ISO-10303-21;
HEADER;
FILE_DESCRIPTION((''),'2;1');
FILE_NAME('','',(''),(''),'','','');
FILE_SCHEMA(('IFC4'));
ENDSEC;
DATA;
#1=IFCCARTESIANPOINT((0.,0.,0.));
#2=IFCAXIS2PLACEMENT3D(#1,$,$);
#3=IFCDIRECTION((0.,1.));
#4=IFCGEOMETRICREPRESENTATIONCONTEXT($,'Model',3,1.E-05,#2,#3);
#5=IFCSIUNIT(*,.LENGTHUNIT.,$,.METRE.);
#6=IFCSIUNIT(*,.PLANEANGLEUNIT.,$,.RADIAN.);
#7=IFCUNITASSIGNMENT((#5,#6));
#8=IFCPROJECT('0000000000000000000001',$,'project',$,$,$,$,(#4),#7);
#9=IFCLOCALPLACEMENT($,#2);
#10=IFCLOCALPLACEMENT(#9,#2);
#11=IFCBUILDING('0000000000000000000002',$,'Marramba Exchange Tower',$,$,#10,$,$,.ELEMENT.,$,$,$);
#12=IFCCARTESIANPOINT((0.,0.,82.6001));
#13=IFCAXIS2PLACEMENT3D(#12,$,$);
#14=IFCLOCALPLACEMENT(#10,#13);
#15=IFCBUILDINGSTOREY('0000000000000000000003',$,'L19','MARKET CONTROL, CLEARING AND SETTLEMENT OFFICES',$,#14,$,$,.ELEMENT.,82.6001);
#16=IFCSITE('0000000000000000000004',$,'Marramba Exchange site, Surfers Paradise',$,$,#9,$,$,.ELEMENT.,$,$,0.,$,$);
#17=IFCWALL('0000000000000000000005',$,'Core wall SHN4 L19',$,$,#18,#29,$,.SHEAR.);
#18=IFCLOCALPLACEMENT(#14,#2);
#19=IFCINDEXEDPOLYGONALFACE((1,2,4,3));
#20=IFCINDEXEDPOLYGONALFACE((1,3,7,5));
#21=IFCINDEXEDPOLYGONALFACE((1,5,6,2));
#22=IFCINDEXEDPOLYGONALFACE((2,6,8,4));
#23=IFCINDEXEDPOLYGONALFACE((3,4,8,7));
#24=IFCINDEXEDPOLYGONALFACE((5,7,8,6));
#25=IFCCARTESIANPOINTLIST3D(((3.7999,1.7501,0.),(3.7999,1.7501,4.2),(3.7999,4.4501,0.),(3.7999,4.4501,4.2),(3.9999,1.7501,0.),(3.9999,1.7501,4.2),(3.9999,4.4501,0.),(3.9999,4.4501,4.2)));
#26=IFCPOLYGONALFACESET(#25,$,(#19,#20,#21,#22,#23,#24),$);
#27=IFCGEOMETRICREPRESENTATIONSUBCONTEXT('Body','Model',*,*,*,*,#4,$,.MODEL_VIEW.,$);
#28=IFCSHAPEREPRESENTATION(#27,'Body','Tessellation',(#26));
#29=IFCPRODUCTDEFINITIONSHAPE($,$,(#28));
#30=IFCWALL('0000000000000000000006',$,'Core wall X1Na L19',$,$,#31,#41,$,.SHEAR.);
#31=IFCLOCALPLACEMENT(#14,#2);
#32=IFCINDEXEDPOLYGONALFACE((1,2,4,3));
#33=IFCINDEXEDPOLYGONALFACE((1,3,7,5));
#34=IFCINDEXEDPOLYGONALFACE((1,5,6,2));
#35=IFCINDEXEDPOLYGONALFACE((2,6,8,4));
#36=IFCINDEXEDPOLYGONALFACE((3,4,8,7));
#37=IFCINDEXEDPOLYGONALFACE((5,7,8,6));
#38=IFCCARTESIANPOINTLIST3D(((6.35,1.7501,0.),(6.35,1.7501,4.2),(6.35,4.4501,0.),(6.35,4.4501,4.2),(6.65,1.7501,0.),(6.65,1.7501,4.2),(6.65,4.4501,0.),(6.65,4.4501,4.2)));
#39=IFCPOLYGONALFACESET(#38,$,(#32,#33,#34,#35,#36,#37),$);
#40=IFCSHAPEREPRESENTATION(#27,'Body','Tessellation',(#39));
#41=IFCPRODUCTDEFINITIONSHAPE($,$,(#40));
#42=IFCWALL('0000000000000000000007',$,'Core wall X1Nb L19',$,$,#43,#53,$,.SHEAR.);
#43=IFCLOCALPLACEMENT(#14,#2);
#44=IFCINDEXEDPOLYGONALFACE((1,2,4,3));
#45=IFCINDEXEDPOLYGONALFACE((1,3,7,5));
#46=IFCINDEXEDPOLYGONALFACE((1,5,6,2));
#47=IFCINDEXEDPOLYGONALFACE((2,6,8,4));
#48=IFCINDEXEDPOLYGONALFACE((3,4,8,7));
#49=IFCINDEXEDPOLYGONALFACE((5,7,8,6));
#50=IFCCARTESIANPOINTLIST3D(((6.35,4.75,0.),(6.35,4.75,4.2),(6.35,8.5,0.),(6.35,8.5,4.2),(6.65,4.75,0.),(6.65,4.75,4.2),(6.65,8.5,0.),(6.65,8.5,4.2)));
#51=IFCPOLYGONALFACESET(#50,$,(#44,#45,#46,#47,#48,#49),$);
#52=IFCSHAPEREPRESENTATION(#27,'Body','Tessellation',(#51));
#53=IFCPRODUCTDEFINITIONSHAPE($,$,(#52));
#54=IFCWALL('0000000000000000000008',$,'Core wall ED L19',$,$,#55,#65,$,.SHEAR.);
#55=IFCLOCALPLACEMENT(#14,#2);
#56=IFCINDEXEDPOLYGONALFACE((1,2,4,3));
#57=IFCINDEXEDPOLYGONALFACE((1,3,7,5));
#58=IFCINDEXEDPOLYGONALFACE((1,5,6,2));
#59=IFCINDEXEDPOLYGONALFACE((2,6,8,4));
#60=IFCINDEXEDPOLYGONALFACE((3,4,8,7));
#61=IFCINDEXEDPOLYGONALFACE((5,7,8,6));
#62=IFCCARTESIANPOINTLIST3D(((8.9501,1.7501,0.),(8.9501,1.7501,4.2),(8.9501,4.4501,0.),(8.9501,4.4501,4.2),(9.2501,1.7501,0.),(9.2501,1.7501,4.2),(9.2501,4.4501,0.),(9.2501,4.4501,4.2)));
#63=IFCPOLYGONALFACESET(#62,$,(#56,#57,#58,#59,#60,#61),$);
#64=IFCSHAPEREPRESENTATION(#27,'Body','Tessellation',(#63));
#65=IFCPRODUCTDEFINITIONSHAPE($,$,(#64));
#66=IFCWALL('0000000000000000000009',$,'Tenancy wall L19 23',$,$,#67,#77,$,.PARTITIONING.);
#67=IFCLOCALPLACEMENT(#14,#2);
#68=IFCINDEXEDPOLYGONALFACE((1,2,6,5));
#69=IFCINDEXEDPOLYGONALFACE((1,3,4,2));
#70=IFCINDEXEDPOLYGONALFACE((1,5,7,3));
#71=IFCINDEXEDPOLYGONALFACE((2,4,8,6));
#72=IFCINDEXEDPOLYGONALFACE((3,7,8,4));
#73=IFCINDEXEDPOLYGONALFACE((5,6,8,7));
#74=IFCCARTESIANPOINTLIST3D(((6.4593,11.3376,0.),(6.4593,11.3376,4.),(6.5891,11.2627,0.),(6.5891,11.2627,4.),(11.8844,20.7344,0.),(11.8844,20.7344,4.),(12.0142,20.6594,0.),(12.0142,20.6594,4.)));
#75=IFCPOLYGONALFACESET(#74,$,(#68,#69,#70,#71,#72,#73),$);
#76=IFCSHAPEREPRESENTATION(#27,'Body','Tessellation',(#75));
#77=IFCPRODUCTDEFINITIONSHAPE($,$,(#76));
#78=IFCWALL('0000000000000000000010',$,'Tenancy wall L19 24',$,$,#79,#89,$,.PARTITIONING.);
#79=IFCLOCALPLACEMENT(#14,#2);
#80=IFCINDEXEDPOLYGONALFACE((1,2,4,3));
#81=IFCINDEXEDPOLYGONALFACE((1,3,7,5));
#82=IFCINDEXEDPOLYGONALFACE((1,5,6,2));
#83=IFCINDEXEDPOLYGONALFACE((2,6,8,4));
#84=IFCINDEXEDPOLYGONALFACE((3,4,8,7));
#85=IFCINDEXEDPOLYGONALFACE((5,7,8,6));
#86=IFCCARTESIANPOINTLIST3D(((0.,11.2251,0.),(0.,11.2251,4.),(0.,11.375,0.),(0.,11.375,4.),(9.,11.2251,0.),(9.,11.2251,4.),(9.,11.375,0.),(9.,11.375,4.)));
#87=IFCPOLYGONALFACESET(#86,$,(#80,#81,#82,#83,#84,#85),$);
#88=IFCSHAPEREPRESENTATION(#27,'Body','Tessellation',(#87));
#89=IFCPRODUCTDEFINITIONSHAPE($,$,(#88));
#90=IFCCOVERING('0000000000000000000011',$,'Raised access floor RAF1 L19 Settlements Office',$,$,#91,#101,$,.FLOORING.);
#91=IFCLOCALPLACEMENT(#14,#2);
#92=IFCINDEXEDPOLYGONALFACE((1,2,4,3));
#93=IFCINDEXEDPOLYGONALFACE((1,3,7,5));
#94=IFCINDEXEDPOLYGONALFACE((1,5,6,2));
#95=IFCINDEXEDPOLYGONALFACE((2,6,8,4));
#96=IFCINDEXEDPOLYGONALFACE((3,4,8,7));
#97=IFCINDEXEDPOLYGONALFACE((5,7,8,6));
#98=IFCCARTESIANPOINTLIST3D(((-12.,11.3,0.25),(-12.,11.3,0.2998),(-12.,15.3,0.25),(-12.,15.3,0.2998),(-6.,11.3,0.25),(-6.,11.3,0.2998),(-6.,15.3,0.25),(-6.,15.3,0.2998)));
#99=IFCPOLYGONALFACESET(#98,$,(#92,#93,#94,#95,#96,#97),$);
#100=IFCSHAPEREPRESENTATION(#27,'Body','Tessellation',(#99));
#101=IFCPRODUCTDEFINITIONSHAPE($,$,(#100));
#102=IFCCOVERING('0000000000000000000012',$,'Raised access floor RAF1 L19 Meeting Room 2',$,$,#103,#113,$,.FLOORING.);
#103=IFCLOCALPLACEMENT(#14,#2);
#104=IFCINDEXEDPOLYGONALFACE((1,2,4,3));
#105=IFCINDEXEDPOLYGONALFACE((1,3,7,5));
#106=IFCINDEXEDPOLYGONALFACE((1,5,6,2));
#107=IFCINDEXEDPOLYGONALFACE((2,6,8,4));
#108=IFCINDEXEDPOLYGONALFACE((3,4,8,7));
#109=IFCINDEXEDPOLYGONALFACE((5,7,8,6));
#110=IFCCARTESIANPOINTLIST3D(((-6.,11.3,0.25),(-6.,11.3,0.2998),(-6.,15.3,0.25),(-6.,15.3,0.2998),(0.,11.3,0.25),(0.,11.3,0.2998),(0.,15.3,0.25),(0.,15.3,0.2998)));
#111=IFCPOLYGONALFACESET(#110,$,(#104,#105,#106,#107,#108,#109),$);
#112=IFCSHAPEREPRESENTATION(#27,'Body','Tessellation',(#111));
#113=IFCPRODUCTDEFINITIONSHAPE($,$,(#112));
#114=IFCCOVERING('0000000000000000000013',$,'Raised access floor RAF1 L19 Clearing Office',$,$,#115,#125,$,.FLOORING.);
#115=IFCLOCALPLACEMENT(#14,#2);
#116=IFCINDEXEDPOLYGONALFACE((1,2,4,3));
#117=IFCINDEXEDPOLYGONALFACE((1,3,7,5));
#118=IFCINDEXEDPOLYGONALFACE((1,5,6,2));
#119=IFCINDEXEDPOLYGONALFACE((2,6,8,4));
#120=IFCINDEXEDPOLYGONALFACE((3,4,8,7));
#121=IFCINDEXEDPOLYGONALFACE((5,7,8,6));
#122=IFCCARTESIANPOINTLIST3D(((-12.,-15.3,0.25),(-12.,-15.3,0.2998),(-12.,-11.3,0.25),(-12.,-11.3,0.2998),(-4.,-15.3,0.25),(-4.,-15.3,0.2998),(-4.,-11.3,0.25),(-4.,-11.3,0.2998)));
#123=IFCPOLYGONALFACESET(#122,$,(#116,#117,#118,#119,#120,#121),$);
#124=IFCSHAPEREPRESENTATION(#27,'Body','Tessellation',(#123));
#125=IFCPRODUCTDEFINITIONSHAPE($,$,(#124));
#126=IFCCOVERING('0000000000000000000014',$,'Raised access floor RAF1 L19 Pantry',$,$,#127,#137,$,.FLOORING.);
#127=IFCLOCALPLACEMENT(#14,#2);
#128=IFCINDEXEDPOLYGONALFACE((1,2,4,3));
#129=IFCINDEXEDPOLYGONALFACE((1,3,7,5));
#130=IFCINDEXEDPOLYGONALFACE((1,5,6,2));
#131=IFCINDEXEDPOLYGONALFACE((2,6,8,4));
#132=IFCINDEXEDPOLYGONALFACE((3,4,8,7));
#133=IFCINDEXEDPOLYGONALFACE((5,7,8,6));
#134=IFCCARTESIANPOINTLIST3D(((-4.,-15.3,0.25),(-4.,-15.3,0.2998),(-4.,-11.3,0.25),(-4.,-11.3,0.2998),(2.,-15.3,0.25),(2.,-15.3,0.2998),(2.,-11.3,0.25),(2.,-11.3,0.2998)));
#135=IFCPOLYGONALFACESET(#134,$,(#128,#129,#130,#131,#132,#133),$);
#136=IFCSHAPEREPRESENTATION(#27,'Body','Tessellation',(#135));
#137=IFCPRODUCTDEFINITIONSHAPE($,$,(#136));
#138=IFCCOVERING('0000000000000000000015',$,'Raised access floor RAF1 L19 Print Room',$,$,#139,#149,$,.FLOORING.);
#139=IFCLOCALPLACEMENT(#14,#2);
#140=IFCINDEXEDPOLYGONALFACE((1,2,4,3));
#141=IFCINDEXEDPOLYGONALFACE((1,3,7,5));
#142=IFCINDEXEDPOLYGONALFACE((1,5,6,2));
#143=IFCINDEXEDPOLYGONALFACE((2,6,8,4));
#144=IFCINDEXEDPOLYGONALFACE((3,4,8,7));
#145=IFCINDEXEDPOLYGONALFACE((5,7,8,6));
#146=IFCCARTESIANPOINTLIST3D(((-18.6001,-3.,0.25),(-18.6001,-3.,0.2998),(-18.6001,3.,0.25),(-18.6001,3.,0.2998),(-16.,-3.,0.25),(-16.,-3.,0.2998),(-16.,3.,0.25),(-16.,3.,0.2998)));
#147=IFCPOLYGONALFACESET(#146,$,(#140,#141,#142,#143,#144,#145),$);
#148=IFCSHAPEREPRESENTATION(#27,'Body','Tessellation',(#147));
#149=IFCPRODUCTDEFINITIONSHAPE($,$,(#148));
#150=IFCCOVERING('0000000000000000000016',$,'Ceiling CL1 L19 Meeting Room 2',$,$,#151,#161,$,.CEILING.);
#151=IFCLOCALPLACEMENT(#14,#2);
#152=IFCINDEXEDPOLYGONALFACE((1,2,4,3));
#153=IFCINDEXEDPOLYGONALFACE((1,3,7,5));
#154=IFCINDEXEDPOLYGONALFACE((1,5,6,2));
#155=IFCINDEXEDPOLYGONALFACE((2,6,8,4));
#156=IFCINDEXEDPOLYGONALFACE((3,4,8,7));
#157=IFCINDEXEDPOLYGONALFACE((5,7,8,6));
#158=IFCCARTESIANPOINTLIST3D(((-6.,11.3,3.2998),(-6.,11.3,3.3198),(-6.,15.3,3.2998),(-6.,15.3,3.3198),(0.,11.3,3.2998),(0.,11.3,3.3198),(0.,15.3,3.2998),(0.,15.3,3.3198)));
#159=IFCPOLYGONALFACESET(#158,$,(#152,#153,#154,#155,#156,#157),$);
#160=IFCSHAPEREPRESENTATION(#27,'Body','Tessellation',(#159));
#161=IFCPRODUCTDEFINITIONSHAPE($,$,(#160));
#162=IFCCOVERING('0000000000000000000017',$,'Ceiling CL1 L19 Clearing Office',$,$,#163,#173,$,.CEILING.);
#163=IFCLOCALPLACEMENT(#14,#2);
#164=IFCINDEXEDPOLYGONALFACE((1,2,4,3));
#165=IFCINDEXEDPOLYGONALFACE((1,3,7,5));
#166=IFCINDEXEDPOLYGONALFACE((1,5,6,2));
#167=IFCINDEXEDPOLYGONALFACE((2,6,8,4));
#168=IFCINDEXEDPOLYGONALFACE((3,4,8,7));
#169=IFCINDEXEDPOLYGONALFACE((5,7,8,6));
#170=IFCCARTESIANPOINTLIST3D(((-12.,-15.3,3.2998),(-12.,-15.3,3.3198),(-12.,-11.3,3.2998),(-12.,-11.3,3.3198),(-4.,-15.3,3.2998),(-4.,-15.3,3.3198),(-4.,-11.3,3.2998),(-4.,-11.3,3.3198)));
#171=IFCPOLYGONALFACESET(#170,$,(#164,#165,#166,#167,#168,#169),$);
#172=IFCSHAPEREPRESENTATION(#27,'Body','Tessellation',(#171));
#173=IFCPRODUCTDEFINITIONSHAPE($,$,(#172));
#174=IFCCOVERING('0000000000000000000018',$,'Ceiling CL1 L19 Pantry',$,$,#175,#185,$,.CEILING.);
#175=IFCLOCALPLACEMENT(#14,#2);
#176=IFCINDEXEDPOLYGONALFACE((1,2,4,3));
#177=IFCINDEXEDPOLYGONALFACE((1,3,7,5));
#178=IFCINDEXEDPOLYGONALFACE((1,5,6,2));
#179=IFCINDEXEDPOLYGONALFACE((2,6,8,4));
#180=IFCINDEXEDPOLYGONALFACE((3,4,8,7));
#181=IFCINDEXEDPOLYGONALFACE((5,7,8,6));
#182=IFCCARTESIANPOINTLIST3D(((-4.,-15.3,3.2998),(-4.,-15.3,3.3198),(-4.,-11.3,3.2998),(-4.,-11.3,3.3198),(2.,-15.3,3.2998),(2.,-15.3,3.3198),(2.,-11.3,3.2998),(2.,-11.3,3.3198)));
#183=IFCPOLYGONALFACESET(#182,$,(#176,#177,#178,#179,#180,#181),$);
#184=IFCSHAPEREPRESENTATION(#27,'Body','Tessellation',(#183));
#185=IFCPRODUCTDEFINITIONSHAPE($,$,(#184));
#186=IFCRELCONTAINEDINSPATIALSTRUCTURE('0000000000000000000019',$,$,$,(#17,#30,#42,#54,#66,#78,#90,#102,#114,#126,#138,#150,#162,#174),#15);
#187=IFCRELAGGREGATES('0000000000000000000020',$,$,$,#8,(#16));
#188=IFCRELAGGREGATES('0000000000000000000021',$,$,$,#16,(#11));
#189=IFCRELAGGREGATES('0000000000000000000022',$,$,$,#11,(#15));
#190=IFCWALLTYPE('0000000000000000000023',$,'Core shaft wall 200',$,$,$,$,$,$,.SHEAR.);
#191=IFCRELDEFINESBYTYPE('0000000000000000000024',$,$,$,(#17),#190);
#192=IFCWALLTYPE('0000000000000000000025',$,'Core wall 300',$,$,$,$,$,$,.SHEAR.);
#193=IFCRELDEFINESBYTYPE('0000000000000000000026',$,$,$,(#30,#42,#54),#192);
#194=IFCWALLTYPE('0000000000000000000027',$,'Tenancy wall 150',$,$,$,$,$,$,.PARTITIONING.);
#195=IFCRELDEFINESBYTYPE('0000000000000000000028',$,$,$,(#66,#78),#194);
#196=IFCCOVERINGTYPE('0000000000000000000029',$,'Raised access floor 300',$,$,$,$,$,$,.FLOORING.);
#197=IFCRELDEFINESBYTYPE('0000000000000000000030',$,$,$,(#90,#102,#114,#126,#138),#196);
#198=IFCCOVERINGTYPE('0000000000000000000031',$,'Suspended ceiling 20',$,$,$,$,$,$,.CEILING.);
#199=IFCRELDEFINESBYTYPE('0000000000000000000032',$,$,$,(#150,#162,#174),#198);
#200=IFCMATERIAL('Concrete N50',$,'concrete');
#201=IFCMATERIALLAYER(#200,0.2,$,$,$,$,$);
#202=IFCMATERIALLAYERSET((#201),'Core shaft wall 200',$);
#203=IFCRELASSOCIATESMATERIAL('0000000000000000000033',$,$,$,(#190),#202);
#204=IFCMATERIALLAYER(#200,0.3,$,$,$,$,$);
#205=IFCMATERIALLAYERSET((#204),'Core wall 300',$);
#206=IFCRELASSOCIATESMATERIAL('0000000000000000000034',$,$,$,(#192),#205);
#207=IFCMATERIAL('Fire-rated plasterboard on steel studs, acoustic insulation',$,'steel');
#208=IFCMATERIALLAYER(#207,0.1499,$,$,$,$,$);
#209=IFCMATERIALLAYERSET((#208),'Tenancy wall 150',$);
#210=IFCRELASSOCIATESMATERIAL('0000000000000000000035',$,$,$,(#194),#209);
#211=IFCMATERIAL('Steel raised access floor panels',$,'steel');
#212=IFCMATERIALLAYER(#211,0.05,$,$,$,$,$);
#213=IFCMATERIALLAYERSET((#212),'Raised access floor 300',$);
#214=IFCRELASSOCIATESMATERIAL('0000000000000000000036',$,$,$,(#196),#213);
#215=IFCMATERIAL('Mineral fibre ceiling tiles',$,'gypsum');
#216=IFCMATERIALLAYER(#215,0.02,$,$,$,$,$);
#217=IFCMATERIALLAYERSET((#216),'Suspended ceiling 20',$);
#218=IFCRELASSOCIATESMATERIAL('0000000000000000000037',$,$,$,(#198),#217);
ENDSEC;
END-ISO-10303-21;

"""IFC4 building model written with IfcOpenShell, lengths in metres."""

from ifc_helpers import new_model, si_unit, direction, frame, frame_2d, origin, place, context, subcontext, project, spatial, polyline, rectangle, outline, extrude, material, layer, layer_set, type_object, element, save


model = new_model("IFC4")

# Units and contexts
model_context = context("Model", 3, precision=1e-05, world=origin(), true_north=direction((0.0, 1.0)))
body_context = subcontext(model_context, "Body", "Model", "MODEL_VIEW")
ifc_project = project(units=[si_unit("LENGTHUNIT", "METRE"), si_unit("PLANEANGLEUNIT", "RADIAN")], contexts=[model_context])

# Site, building, storey
site_placement = place(None, origin())
site = spatial("IfcSite", under=ifc_project, at=site_placement, Name="Marramba Exchange site, Surfers Paradise", CompositionType="ELEMENT", RefElevation=0.0)
building_placement = place(site_placement, origin())
building = spatial("IfcBuilding", under=site, at=building_placement, Name="Marramba Exchange Tower", CompositionType="ELEMENT")
storey_placement = place(building_placement, frame((0.0, 0.0, 82.6001)))
storey = spatial("IfcBuildingStorey", under=building, at=storey_placement, Name="L19", Description="MARKET CONTROL, CLEARING AND SETTLEMENT OFFICES", CompositionType="ELEMENT", Elevation=82.6001)

# Wall
ifc_material_1 = material(Name="Concrete N50", Category="concrete")
ifc_layer_1 = layer(ifc_material_1, 0.2)
ifc_layer_set_1 = layer_set([ifc_layer_1], Name="Core shaft wall 200")
wall_type_1 = type_object("IfcWallType", Name="Core shaft wall 200", PredefinedType="SHEAR", material=ifc_layer_set_1)
for number, where, z_axis, x_axis, name in (
    (1, (3.8999, 1.75, 0.0), (0.0, 0.0, 1.0), (0.0, 1.0, 0.0), "Core wall SHN4 L19"),
):
    element("IfcWall", number, at=place(storey_placement, frame(where, z_axis=z_axis, x_axis=x_axis)), inside=storey, type_object=wall_type_1, Name=name, PredefinedType="SHEAR", context=body_context, shape_type="SweptSolid", body=[
        extrude(rectangle(XDim=2.7, YDim=0.2, at=frame_2d((1.3501, 0.0))), origin(), (0.0, 0.0, 1.0), 4.2),
    ])

# Walls
ifc_layer_2 = layer(ifc_material_1, 0.3)
ifc_layer_set_2 = layer_set([ifc_layer_2], Name="Core wall 300")
wall_type_2 = type_object("IfcWallType", Name="Core wall 300", PredefinedType="SHEAR", material=ifc_layer_set_2)
wall_1_placement = place(storey_placement, frame((6.5, 1.75, 0.0), z_axis=(0.0, 0.0, 1.0), x_axis=(0.0, 1.0, 0.0)))
element("IfcWall", 2, at=wall_1_placement, inside=storey, type_object=wall_type_2, Name="Core wall X1Na L19", PredefinedType="SHEAR", context=body_context, shape_type="SweptSolid", body=[
    extrude(rectangle(XDim=2.7, YDim=0.3, at=frame_2d((1.3501, 0.0))), origin(), (0.0, 0.0, 1.0), 4.2),
])
wall_2_placement = place(storey_placement, frame((6.5, 4.75, 0.0), z_axis=(0.0, 0.0, 1.0), x_axis=(0.0, 1.0, 0.0)))
element("IfcWall", 3, at=wall_2_placement, inside=storey, type_object=wall_type_2, Name="Core wall X1Nb L19", PredefinedType="SHEAR", context=body_context, shape_type="SweptSolid", body=[
    extrude(rectangle(XDim=3.75, YDim=0.3, at=frame_2d((1.875, 0.0))), origin(), (0.0, 0.0, 1.0), 4.2),
])
wall_3_placement = place(storey_placement, frame((9.1001, 1.75, 0.0), z_axis=(0.0, 0.0, 1.0), x_axis=(0.0, 1.0, 0.0)))
element("IfcWall", 4, at=wall_3_placement, inside=storey, type_object=wall_type_2, Name="Core wall ED L19", PredefinedType="SHEAR", context=body_context, shape_type="SweptSolid", body=[
    extrude(rectangle(XDim=2.7, YDim=0.3, at=frame_2d((1.3501, 0.0))), origin(), (0.0, 0.0, 1.0), 4.2),
])
ifc_material_2 = material(Name="Fire-rated plasterboard on steel studs, acoustic insulation", Category="steel")
ifc_layer_3 = layer(ifc_material_2, 0.1499)
ifc_layer_set_3 = layer_set([ifc_layer_3], Name="Tenancy wall 150")
wall_type_3 = type_object("IfcWallType", Name="Tenancy wall 150", PredefinedType="PARTITIONING", material=ifc_layer_set_3)
wall_4_placement = place(storey_placement, frame((6.5242, 11.3, 0.0), z_axis=(0.0, 0.0, 1.0), x_axis=(0.499989, 0.866032, 0.0)))
element("IfcWall", 5, at=wall_4_placement, inside=storey, type_object=wall_type_3, Name="Tenancy wall L19 23", PredefinedType="PARTITIONING", context=body_context, shape_type="SweptSolid", body=[
    extrude(rectangle(XDim=10.8503, YDim=0.1499, at=frame_2d((5.4253, 0.0))), origin(), (0.0, 0.0, 1.0), 4.0),
])
wall_5_placement = place(storey_placement, frame((9.0, 11.3, 0.0), z_axis=(0.0, 0.0, 1.0), x_axis=(-1.0, 0.0, 0.0)))
element("IfcWall", 6, at=wall_5_placement, inside=storey, type_object=wall_type_3, Name="Tenancy wall L19 24", PredefinedType="PARTITIONING", context=body_context, shape_type="SweptSolid", body=[
    extrude(rectangle(XDim=9.0, YDim=0.1499, at=frame_2d((4.5, 0.0))), origin(), (0.0, 0.0, 1.0), 4.0),
])

# Coverings
ifc_material_3 = material(Name="Steel raised access floor panels", Category="steel")
ifc_layer_4 = layer(ifc_material_3, 0.05)
ifc_layer_set_4 = layer_set([ifc_layer_4], Name="Raised access floor 300")
covering_type_1 = type_object("IfcCoveringType", Name="Raised access floor 300", PredefinedType="FLOORING", material=ifc_layer_set_4)
covering_1_placement = place(storey_placement, frame((0.0, 0.0, 0.25)))
element("IfcCovering", 7, at=covering_1_placement, inside=storey, type_object=covering_type_1, Name="Raised access floor RAF1 L19 Settlements Office", PredefinedType="FLOORING", context=body_context, shape_type="SweptSolid", body=[
    extrude(outline(polyline([(-6.0, 11.3), (-12.0, 11.3), (-12.0, 15.3), (-6.0, 15.3), (-6.0, 11.3)])), origin(), (0.0, 0.0, 1.0), 0.0498),
])
covering_2_placement = place(storey_placement, frame((0.0, 0.0, 0.25)))
element("IfcCovering", 8, at=covering_2_placement, inside=storey, type_object=covering_type_1, Name="Raised access floor RAF1 L19 Meeting Room 2", PredefinedType="FLOORING", context=body_context, shape_type="SweptSolid", body=[
    extrude(outline(polyline([(0.0, 11.3), (-6.0, 11.3), (-6.0, 15.3), (0.0, 15.3), (0.0, 11.3)])), origin(), (0.0, 0.0, 1.0), 0.0498),
])
covering_3_placement = place(storey_placement, frame((0.0, 0.0, 0.25)))
element("IfcCovering", 9, at=covering_3_placement, inside=storey, type_object=covering_type_1, Name="Raised access floor RAF1 L19 Clearing Office", PredefinedType="FLOORING", context=body_context, shape_type="SweptSolid", body=[
    extrude(outline(polyline([(-4.0, -15.3), (-12.0, -15.3), (-12.0, -11.3), (-4.0, -11.3), (-4.0, -15.3)])), origin(), (0.0, 0.0, 1.0), 0.0498),
])
covering_4_placement = place(storey_placement, frame((0.0, 0.0, 0.25)))
element("IfcCovering", 10, at=covering_4_placement, inside=storey, type_object=covering_type_1, Name="Raised access floor RAF1 L19 Pantry", PredefinedType="FLOORING", context=body_context, shape_type="SweptSolid", body=[
    extrude(outline(polyline([(2.0, -15.3), (-4.0, -15.3), (-4.0, -11.3), (2.0, -11.3), (2.0, -15.3)])), origin(), (0.0, 0.0, 1.0), 0.0498),
])
covering_5_placement = place(storey_placement, frame((0.0, 0.0, 0.25)))
element("IfcCovering", 11, at=covering_5_placement, inside=storey, type_object=covering_type_1, Name="Raised access floor RAF1 L19 Print Room", PredefinedType="FLOORING", context=body_context, shape_type="SweptSolid", body=[
    extrude(outline(polyline([(-16.0, -3.0), (-18.6001, -3.0), (-18.6001, 3.0), (-16.0, 3.0), (-16.0, -3.0)])), origin(), (0.0, 0.0, 1.0), 0.0498),
])
ifc_material_4 = material(Name="Mineral fibre ceiling tiles", Category="gypsum")
ifc_layer_5 = layer(ifc_material_4, 0.02)
ifc_layer_set_5 = layer_set([ifc_layer_5], Name="Suspended ceiling 20")
covering_type_2 = type_object("IfcCoveringType", Name="Suspended ceiling 20", PredefinedType="CEILING", material=ifc_layer_set_5)
covering_6_placement = place(storey_placement, frame((0.0, 0.0, 3.2998)))
element("IfcCovering", 12, at=covering_6_placement, inside=storey, type_object=covering_type_2, Name="Ceiling CL1 L19 Meeting Room 2", PredefinedType="CEILING", context=body_context, shape_type="SweptSolid", body=[
    extrude(outline(polyline([(0.0, 11.3), (-6.0, 11.3), (-6.0, 15.3), (0.0, 15.3), (0.0, 11.3)])), origin(), (0.0, 0.0, 1.0), 0.02),
])
covering_7_placement = place(storey_placement, frame((0.0, 0.0, 3.2998)))
element("IfcCovering", 13, at=covering_7_placement, inside=storey, type_object=covering_type_2, Name="Ceiling CL1 L19 Clearing Office", PredefinedType="CEILING", context=body_context, shape_type="SweptSolid", body=[
    extrude(outline(polyline([(-4.0, -15.3), (-12.0, -15.3), (-12.0, -11.3), (-4.0, -11.3), (-4.0, -15.3)])), origin(), (0.0, 0.0, 1.0), 0.02),
])
covering_8_placement = place(storey_placement, frame((0.0, 0.0, 3.2998)))
element("IfcCovering", 14, at=covering_8_placement, inside=storey, type_object=covering_type_2, Name="Ceiling CL1 L19 Pantry", PredefinedType="CEILING", context=body_context, shape_type="SweptSolid", body=[
    extrude(outline(polyline([(2.0, -15.3), (-4.0, -15.3), (-4.0, -11.3), (2.0, -11.3), (2.0, -15.3)])), origin(), (0.0, 0.0, 1.0), 0.02),
])

save(model, "model.ifc")
